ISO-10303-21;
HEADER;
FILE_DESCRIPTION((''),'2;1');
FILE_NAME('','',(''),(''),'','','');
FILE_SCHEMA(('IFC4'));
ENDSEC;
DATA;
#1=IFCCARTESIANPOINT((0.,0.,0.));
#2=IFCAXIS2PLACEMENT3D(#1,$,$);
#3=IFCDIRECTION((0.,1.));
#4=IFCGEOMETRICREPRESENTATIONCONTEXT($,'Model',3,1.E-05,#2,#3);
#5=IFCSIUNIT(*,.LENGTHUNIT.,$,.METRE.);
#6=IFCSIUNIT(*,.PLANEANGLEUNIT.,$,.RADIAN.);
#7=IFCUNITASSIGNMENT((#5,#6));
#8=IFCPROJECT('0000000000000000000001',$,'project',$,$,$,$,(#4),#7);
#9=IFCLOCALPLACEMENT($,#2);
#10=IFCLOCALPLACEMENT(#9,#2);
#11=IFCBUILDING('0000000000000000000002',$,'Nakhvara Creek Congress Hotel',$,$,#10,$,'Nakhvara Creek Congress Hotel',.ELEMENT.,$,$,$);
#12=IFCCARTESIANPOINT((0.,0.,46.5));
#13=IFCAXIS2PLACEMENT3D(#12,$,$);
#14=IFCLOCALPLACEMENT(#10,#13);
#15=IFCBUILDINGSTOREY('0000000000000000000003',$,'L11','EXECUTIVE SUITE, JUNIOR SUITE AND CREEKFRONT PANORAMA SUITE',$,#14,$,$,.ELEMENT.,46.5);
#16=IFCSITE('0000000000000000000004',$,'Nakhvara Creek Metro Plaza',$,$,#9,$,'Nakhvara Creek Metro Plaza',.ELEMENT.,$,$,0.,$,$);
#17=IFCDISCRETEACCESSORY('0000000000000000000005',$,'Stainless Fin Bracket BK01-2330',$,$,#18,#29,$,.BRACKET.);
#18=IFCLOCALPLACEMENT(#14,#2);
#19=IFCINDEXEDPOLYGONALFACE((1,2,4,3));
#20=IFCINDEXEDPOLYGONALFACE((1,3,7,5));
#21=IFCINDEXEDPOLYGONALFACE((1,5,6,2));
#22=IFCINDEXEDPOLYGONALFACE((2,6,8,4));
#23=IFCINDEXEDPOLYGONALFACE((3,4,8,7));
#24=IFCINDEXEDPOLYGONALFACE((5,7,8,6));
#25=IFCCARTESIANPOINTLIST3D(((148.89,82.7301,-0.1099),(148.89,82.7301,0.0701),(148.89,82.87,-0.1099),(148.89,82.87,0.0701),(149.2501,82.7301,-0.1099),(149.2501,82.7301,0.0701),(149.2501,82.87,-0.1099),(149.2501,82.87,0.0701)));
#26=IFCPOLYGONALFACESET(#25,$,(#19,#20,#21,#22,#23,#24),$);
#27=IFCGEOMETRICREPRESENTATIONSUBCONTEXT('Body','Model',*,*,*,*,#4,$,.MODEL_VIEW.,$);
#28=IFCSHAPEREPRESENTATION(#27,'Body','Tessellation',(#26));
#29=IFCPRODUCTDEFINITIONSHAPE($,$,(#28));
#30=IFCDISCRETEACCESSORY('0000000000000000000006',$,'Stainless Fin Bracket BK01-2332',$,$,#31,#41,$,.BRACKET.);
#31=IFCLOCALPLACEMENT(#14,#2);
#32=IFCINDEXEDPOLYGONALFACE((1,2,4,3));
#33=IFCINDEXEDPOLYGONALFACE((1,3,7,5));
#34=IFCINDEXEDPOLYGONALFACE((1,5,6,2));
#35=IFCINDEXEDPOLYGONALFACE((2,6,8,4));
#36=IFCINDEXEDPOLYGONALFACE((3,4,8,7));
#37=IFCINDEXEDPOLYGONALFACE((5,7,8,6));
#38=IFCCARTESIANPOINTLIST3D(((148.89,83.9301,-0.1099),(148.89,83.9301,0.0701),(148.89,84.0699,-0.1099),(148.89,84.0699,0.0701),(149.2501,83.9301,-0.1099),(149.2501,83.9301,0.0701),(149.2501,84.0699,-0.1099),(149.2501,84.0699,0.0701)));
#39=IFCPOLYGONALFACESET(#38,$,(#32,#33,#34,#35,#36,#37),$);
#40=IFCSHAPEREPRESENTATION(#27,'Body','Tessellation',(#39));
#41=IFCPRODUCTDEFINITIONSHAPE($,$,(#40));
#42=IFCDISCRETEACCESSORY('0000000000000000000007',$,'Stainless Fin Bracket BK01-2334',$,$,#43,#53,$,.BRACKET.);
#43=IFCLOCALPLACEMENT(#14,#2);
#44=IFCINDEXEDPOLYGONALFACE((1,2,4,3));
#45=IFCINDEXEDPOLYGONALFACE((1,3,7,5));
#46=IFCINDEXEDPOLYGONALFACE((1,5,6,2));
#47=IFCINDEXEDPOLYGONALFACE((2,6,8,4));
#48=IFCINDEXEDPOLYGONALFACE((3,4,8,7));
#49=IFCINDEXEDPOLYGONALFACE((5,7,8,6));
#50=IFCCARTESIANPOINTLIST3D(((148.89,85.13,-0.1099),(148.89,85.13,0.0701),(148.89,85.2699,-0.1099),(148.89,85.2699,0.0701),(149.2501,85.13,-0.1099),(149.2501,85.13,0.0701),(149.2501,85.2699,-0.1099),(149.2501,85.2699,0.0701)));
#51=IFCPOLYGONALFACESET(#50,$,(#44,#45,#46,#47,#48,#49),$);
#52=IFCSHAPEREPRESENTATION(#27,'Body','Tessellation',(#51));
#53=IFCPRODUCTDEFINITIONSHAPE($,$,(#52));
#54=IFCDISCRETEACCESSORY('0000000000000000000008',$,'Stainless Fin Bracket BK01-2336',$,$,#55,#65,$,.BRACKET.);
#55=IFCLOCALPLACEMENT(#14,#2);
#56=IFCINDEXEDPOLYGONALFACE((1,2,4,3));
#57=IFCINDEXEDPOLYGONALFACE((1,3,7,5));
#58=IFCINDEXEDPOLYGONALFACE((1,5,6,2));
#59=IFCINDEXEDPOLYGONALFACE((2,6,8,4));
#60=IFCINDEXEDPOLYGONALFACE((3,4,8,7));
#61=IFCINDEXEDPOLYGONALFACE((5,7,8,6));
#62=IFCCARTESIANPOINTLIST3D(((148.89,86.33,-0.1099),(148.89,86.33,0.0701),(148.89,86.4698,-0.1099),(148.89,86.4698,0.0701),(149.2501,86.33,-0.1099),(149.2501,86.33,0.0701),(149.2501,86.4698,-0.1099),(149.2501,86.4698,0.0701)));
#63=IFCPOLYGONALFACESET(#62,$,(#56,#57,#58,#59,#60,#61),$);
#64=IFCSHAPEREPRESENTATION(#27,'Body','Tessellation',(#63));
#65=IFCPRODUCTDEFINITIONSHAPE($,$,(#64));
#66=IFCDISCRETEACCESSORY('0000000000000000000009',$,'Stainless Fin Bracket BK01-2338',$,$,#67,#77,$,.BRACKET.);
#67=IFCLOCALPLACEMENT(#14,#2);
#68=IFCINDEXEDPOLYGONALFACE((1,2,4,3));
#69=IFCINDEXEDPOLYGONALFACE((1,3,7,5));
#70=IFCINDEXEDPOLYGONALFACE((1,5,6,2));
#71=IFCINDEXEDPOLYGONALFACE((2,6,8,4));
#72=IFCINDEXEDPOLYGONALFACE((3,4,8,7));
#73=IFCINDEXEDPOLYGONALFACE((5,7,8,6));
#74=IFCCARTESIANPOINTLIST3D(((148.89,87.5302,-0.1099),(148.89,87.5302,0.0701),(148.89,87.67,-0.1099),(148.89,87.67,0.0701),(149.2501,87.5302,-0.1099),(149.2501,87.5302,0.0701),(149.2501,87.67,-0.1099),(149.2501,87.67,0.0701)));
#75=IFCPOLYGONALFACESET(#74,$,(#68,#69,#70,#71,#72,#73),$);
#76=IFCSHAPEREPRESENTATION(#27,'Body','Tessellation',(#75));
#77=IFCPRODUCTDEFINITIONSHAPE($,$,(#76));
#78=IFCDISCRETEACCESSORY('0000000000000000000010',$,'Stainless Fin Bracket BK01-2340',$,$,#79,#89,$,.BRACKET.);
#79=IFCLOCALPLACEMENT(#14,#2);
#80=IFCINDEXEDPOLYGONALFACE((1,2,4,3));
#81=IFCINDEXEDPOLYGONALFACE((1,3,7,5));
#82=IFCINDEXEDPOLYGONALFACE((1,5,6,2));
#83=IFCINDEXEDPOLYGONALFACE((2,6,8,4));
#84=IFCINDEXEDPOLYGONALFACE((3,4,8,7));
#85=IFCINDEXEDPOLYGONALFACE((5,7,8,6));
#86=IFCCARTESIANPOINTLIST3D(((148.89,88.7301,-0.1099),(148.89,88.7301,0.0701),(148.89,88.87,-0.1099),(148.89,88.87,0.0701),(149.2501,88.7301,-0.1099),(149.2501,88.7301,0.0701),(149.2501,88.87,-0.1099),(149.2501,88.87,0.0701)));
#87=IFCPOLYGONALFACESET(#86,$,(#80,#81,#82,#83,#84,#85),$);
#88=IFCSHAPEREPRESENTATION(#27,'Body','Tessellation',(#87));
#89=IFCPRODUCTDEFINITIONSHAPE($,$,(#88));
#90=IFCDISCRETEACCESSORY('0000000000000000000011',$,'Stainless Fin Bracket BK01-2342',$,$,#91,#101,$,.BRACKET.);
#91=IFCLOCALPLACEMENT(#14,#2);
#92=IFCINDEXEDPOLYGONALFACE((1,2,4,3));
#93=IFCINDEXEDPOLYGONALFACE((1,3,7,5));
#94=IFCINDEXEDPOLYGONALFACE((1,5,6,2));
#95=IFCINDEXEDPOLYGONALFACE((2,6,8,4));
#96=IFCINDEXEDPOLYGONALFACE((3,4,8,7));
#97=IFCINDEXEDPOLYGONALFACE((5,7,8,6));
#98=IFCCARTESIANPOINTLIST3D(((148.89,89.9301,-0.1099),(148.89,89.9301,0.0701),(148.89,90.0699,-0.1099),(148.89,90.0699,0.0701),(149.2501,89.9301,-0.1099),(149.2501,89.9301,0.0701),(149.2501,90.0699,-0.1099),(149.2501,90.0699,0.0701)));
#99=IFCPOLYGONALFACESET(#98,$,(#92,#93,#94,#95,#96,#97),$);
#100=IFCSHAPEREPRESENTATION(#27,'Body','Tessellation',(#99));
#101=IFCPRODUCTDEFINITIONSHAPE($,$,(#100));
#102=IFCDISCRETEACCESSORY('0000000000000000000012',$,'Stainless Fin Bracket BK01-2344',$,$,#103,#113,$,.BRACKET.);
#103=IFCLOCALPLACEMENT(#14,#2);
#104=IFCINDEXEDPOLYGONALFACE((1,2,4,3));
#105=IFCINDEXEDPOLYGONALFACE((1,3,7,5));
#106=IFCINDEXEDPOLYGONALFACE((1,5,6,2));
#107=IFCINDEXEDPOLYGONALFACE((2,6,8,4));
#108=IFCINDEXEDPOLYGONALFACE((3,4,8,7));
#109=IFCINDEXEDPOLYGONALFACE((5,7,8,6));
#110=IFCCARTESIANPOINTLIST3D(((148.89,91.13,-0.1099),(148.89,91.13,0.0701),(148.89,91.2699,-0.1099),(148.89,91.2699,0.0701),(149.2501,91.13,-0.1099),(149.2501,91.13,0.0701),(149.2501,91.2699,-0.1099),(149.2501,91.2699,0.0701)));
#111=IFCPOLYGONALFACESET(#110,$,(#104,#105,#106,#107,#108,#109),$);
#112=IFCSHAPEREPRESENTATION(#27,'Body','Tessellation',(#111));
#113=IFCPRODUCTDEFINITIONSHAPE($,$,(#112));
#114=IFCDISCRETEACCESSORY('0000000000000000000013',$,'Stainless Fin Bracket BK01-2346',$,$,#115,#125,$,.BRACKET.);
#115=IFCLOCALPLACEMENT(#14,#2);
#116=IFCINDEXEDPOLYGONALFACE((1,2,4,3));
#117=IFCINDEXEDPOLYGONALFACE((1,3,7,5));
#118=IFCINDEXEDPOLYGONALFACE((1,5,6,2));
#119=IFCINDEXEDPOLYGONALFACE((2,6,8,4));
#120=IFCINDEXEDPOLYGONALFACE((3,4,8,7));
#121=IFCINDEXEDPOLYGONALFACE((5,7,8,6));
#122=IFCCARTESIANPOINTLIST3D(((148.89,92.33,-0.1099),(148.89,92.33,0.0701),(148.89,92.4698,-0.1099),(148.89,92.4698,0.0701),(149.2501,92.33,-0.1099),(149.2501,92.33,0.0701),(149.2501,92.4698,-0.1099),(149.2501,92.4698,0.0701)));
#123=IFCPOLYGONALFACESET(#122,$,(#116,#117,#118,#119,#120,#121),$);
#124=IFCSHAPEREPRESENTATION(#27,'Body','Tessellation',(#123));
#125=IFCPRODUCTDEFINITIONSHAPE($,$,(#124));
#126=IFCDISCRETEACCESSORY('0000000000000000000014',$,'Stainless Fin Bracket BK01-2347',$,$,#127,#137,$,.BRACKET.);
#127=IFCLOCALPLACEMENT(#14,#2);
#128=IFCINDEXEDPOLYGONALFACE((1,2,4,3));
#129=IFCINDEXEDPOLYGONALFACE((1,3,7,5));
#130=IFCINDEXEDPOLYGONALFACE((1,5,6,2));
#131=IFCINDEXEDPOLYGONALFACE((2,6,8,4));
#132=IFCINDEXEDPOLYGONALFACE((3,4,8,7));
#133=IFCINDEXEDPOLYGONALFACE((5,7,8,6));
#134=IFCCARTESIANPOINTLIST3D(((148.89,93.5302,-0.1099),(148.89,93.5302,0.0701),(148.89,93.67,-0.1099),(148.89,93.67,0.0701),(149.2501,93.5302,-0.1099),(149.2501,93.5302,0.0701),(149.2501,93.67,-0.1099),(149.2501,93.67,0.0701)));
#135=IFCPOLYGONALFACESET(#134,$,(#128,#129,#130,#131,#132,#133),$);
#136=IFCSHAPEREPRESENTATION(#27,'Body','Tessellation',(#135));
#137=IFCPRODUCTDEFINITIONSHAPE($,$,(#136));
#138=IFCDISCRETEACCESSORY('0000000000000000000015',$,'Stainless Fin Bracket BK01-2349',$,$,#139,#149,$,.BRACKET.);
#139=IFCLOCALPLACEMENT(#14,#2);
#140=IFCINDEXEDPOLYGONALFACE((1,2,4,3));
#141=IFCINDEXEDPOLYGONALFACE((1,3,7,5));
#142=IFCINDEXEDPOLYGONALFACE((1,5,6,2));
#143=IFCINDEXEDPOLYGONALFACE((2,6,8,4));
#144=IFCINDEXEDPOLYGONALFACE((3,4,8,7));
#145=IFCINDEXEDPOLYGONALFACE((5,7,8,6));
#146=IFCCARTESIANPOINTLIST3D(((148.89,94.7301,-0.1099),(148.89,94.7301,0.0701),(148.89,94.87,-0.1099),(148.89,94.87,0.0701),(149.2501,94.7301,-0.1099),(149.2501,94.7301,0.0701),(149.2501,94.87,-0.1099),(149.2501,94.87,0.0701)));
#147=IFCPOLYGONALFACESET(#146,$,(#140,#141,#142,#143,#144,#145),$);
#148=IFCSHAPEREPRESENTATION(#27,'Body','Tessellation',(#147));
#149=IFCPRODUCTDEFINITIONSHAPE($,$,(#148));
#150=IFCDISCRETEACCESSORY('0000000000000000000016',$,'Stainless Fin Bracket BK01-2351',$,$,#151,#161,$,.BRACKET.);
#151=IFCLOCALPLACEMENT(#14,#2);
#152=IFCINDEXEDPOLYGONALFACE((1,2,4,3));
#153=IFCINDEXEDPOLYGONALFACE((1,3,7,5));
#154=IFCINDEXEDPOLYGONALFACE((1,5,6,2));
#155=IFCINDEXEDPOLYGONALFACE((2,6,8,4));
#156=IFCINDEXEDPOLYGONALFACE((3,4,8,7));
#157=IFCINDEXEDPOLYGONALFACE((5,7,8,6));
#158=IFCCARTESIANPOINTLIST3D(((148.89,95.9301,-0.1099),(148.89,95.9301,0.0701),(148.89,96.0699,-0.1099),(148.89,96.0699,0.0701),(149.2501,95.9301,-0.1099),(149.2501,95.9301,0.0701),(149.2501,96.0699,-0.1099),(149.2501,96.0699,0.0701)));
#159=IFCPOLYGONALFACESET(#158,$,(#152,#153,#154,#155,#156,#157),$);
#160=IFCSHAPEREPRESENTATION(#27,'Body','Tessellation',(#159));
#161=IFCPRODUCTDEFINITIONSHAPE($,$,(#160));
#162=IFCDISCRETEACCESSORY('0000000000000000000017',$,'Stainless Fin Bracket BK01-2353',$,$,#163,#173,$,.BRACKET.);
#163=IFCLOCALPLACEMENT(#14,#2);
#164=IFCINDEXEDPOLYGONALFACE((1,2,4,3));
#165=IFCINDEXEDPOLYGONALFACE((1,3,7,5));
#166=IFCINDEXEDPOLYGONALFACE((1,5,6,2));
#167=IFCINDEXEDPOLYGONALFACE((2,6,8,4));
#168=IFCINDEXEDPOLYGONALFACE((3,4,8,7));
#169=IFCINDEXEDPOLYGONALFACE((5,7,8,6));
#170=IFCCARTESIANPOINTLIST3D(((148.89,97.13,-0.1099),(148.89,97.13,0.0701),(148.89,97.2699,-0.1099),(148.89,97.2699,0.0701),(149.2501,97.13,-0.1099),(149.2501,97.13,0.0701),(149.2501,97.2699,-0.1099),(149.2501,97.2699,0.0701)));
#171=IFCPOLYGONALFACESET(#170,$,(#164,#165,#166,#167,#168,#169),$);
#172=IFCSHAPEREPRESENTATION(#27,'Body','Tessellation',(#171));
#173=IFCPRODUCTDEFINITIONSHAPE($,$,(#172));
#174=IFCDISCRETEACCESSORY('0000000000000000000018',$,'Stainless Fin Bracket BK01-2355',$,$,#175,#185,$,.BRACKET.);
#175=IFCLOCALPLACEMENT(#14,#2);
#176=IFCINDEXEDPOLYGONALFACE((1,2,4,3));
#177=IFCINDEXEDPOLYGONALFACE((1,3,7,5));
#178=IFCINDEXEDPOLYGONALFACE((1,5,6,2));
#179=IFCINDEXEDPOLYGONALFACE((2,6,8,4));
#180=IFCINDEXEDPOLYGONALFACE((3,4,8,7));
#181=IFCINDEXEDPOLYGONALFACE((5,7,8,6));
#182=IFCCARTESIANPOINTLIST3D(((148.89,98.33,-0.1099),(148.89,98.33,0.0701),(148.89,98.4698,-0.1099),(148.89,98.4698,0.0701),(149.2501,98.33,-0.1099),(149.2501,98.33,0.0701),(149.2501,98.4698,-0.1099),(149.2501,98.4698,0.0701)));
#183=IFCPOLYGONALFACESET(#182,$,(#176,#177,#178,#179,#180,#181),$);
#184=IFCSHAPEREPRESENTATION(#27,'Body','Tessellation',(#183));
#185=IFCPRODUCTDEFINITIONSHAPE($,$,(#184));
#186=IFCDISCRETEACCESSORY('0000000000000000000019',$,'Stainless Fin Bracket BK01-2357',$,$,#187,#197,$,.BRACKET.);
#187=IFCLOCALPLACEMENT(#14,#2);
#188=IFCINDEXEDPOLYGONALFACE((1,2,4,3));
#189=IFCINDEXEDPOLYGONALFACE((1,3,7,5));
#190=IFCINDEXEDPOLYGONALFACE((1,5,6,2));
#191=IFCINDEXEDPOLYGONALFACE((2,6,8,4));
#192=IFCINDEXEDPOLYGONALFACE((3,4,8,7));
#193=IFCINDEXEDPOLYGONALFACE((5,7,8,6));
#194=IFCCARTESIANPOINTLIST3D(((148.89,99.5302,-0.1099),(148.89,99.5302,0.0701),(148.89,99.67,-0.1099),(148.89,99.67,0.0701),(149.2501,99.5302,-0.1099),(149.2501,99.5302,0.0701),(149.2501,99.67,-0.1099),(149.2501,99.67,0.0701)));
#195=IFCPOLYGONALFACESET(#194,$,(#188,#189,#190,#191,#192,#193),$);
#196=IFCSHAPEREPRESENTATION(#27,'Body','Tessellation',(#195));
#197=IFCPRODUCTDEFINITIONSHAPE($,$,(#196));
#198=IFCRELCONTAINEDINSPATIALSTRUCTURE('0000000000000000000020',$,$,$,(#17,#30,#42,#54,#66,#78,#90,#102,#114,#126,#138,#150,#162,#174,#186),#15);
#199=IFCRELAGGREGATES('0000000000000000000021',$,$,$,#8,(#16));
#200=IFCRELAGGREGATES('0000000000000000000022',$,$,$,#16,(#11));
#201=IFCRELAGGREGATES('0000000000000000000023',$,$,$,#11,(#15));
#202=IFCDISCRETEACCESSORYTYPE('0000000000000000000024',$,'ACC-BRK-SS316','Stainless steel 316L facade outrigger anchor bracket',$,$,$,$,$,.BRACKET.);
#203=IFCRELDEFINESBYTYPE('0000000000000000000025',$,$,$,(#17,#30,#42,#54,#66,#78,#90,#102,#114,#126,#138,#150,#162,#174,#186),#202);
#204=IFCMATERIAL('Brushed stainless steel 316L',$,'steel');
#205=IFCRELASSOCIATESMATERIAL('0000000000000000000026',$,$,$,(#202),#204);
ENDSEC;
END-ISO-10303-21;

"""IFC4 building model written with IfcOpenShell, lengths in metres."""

from ifc_helpers import new_model, si_unit, direction, frame, origin, origin_2d, place, context, subcontext, project, spatial, rectangle, extrude, material, type_object, element, save


model = new_model("IFC4")

# Units and contexts
model_context = context("Model", 3, precision=1e-05, world=origin(), true_north=direction((0.0, 1.0)))
body_context = subcontext(model_context, "Body", "Model", "MODEL_VIEW")
ifc_project = project(units=[si_unit("LENGTHUNIT", "METRE"), si_unit("PLANEANGLEUNIT", "RADIAN")], contexts=[model_context])

# Site, building, storey
site_placement = place(None, origin())
site = spatial("IfcSite", under=ifc_project, at=site_placement, Name="Nakhvara Creek Metro Plaza", LongName="Nakhvara Creek Metro Plaza", CompositionType="ELEMENT", RefElevation=0.0)
building_placement = place(site_placement, origin())
building = spatial("IfcBuilding", under=site, at=building_placement, Name="Nakhvara Creek Congress Hotel", LongName="Nakhvara Creek Congress Hotel", CompositionType="ELEMENT")
storey_placement = place(building_placement, frame((0.0, 0.0, 46.5)))
storey = spatial("IfcBuildingStorey", under=building, at=storey_placement, Name="L11", Description="EXECUTIVE SUITE, JUNIOR SUITE AND CREEKFRONT PANORAMA SUITE", CompositionType="ELEMENT", Elevation=46.5)

# Discrete accessories
ifc_material_1 = material(Name="Brushed stainless steel 316L", Category="steel")
discrete_accessory_type = type_object("IfcDiscreteAccessoryType", Name="ACC-BRK-SS316", Description="Stainless steel 316L facade outrigger anchor bracket", PredefinedType="BRACKET", material=ifc_material_1)
for number, where, z_axis, x_axis, name in (
    (1, (149.0701, 82.8, -0.1099), (0.0, 0.0, 1.0), (0.0, 1.0, 0.0), "Stainless Fin Bracket BK01-2330"),
    (2, (149.0701, 84.0, -0.1099), (0.0, 0.0, 1.0), (0.0, 1.0, 0.0), "Stainless Fin Bracket BK01-2332"),
    (3, (149.0701, 85.2, -0.1099), (0.0, 0.0, 1.0), (0.0, 1.0, 0.0), "Stainless Fin Bracket BK01-2334"),
    (4, (149.0701, 86.3999, -0.1099), (0.0, 0.0, 1.0), (0.0, 1.0, 0.0), "Stainless Fin Bracket BK01-2336"),
    (5, (149.0701, 87.6001, -0.1099), (0.0, 0.0, 1.0), (0.0, 1.0, 0.0), "Stainless Fin Bracket BK01-2338"),
    (6, (149.0701, 88.8, -0.1099), (0.0, 0.0, 1.0), (0.0, 1.0, 0.0), "Stainless Fin Bracket BK01-2340"),
    (7, (149.0701, 90.0, -0.1099), (0.0, 0.0, 1.0), (0.0, 1.0, 0.0), "Stainless Fin Bracket BK01-2342"),
    (8, (149.0701, 91.2, -0.1099), (0.0, 0.0, 1.0), (0.0, 1.0, 0.0), "Stainless Fin Bracket BK01-2344"),
    (9, (149.0701, 92.3999, -0.1099), (0.0, 0.0, 1.0), (0.0, 1.0, 0.0), "Stainless Fin Bracket BK01-2346"),
    (10, (149.0701, 93.6001, -0.1099), (0.0, 0.0, 1.0), (0.0, 1.0, 0.0), "Stainless Fin Bracket BK01-2347"),
    (11, (149.0701, 94.8, -0.1099), (0.0, 0.0, 1.0), (0.0, 1.0, 0.0), "Stainless Fin Bracket BK01-2349"),
    (12, (149.0701, 96.0, -0.1099), (0.0, 0.0, 1.0), (0.0, 1.0, 0.0), "Stainless Fin Bracket BK01-2351"),
    (13, (149.0701, 97.2, -0.1099), (0.0, 0.0, 1.0), (0.0, 1.0, 0.0), "Stainless Fin Bracket BK01-2353"),
    (14, (149.0701, 98.3999, -0.1099), (0.0, 0.0, 1.0), (0.0, 1.0, 0.0), "Stainless Fin Bracket BK01-2355"),
    (15, (149.0701, 99.6001, -0.1099), (0.0, 0.0, 1.0), (0.0, 1.0, 0.0), "Stainless Fin Bracket BK01-2357"),
):
    element("IfcDiscreteAccessory", number, at=place(storey_placement, frame(where, z_axis=z_axis, x_axis=x_axis)), inside=storey, type_object=discrete_accessory_type, Name=name, PredefinedType="BRACKET", context=body_context, shape_type="SweptSolid", body=[
        extrude(rectangle(XDim=0.1399, YDim=0.3601, at=origin_2d()), origin(), (0.0, 0.0, 1.0), 0.1799),
    ])

save(model, "model.ifc")
